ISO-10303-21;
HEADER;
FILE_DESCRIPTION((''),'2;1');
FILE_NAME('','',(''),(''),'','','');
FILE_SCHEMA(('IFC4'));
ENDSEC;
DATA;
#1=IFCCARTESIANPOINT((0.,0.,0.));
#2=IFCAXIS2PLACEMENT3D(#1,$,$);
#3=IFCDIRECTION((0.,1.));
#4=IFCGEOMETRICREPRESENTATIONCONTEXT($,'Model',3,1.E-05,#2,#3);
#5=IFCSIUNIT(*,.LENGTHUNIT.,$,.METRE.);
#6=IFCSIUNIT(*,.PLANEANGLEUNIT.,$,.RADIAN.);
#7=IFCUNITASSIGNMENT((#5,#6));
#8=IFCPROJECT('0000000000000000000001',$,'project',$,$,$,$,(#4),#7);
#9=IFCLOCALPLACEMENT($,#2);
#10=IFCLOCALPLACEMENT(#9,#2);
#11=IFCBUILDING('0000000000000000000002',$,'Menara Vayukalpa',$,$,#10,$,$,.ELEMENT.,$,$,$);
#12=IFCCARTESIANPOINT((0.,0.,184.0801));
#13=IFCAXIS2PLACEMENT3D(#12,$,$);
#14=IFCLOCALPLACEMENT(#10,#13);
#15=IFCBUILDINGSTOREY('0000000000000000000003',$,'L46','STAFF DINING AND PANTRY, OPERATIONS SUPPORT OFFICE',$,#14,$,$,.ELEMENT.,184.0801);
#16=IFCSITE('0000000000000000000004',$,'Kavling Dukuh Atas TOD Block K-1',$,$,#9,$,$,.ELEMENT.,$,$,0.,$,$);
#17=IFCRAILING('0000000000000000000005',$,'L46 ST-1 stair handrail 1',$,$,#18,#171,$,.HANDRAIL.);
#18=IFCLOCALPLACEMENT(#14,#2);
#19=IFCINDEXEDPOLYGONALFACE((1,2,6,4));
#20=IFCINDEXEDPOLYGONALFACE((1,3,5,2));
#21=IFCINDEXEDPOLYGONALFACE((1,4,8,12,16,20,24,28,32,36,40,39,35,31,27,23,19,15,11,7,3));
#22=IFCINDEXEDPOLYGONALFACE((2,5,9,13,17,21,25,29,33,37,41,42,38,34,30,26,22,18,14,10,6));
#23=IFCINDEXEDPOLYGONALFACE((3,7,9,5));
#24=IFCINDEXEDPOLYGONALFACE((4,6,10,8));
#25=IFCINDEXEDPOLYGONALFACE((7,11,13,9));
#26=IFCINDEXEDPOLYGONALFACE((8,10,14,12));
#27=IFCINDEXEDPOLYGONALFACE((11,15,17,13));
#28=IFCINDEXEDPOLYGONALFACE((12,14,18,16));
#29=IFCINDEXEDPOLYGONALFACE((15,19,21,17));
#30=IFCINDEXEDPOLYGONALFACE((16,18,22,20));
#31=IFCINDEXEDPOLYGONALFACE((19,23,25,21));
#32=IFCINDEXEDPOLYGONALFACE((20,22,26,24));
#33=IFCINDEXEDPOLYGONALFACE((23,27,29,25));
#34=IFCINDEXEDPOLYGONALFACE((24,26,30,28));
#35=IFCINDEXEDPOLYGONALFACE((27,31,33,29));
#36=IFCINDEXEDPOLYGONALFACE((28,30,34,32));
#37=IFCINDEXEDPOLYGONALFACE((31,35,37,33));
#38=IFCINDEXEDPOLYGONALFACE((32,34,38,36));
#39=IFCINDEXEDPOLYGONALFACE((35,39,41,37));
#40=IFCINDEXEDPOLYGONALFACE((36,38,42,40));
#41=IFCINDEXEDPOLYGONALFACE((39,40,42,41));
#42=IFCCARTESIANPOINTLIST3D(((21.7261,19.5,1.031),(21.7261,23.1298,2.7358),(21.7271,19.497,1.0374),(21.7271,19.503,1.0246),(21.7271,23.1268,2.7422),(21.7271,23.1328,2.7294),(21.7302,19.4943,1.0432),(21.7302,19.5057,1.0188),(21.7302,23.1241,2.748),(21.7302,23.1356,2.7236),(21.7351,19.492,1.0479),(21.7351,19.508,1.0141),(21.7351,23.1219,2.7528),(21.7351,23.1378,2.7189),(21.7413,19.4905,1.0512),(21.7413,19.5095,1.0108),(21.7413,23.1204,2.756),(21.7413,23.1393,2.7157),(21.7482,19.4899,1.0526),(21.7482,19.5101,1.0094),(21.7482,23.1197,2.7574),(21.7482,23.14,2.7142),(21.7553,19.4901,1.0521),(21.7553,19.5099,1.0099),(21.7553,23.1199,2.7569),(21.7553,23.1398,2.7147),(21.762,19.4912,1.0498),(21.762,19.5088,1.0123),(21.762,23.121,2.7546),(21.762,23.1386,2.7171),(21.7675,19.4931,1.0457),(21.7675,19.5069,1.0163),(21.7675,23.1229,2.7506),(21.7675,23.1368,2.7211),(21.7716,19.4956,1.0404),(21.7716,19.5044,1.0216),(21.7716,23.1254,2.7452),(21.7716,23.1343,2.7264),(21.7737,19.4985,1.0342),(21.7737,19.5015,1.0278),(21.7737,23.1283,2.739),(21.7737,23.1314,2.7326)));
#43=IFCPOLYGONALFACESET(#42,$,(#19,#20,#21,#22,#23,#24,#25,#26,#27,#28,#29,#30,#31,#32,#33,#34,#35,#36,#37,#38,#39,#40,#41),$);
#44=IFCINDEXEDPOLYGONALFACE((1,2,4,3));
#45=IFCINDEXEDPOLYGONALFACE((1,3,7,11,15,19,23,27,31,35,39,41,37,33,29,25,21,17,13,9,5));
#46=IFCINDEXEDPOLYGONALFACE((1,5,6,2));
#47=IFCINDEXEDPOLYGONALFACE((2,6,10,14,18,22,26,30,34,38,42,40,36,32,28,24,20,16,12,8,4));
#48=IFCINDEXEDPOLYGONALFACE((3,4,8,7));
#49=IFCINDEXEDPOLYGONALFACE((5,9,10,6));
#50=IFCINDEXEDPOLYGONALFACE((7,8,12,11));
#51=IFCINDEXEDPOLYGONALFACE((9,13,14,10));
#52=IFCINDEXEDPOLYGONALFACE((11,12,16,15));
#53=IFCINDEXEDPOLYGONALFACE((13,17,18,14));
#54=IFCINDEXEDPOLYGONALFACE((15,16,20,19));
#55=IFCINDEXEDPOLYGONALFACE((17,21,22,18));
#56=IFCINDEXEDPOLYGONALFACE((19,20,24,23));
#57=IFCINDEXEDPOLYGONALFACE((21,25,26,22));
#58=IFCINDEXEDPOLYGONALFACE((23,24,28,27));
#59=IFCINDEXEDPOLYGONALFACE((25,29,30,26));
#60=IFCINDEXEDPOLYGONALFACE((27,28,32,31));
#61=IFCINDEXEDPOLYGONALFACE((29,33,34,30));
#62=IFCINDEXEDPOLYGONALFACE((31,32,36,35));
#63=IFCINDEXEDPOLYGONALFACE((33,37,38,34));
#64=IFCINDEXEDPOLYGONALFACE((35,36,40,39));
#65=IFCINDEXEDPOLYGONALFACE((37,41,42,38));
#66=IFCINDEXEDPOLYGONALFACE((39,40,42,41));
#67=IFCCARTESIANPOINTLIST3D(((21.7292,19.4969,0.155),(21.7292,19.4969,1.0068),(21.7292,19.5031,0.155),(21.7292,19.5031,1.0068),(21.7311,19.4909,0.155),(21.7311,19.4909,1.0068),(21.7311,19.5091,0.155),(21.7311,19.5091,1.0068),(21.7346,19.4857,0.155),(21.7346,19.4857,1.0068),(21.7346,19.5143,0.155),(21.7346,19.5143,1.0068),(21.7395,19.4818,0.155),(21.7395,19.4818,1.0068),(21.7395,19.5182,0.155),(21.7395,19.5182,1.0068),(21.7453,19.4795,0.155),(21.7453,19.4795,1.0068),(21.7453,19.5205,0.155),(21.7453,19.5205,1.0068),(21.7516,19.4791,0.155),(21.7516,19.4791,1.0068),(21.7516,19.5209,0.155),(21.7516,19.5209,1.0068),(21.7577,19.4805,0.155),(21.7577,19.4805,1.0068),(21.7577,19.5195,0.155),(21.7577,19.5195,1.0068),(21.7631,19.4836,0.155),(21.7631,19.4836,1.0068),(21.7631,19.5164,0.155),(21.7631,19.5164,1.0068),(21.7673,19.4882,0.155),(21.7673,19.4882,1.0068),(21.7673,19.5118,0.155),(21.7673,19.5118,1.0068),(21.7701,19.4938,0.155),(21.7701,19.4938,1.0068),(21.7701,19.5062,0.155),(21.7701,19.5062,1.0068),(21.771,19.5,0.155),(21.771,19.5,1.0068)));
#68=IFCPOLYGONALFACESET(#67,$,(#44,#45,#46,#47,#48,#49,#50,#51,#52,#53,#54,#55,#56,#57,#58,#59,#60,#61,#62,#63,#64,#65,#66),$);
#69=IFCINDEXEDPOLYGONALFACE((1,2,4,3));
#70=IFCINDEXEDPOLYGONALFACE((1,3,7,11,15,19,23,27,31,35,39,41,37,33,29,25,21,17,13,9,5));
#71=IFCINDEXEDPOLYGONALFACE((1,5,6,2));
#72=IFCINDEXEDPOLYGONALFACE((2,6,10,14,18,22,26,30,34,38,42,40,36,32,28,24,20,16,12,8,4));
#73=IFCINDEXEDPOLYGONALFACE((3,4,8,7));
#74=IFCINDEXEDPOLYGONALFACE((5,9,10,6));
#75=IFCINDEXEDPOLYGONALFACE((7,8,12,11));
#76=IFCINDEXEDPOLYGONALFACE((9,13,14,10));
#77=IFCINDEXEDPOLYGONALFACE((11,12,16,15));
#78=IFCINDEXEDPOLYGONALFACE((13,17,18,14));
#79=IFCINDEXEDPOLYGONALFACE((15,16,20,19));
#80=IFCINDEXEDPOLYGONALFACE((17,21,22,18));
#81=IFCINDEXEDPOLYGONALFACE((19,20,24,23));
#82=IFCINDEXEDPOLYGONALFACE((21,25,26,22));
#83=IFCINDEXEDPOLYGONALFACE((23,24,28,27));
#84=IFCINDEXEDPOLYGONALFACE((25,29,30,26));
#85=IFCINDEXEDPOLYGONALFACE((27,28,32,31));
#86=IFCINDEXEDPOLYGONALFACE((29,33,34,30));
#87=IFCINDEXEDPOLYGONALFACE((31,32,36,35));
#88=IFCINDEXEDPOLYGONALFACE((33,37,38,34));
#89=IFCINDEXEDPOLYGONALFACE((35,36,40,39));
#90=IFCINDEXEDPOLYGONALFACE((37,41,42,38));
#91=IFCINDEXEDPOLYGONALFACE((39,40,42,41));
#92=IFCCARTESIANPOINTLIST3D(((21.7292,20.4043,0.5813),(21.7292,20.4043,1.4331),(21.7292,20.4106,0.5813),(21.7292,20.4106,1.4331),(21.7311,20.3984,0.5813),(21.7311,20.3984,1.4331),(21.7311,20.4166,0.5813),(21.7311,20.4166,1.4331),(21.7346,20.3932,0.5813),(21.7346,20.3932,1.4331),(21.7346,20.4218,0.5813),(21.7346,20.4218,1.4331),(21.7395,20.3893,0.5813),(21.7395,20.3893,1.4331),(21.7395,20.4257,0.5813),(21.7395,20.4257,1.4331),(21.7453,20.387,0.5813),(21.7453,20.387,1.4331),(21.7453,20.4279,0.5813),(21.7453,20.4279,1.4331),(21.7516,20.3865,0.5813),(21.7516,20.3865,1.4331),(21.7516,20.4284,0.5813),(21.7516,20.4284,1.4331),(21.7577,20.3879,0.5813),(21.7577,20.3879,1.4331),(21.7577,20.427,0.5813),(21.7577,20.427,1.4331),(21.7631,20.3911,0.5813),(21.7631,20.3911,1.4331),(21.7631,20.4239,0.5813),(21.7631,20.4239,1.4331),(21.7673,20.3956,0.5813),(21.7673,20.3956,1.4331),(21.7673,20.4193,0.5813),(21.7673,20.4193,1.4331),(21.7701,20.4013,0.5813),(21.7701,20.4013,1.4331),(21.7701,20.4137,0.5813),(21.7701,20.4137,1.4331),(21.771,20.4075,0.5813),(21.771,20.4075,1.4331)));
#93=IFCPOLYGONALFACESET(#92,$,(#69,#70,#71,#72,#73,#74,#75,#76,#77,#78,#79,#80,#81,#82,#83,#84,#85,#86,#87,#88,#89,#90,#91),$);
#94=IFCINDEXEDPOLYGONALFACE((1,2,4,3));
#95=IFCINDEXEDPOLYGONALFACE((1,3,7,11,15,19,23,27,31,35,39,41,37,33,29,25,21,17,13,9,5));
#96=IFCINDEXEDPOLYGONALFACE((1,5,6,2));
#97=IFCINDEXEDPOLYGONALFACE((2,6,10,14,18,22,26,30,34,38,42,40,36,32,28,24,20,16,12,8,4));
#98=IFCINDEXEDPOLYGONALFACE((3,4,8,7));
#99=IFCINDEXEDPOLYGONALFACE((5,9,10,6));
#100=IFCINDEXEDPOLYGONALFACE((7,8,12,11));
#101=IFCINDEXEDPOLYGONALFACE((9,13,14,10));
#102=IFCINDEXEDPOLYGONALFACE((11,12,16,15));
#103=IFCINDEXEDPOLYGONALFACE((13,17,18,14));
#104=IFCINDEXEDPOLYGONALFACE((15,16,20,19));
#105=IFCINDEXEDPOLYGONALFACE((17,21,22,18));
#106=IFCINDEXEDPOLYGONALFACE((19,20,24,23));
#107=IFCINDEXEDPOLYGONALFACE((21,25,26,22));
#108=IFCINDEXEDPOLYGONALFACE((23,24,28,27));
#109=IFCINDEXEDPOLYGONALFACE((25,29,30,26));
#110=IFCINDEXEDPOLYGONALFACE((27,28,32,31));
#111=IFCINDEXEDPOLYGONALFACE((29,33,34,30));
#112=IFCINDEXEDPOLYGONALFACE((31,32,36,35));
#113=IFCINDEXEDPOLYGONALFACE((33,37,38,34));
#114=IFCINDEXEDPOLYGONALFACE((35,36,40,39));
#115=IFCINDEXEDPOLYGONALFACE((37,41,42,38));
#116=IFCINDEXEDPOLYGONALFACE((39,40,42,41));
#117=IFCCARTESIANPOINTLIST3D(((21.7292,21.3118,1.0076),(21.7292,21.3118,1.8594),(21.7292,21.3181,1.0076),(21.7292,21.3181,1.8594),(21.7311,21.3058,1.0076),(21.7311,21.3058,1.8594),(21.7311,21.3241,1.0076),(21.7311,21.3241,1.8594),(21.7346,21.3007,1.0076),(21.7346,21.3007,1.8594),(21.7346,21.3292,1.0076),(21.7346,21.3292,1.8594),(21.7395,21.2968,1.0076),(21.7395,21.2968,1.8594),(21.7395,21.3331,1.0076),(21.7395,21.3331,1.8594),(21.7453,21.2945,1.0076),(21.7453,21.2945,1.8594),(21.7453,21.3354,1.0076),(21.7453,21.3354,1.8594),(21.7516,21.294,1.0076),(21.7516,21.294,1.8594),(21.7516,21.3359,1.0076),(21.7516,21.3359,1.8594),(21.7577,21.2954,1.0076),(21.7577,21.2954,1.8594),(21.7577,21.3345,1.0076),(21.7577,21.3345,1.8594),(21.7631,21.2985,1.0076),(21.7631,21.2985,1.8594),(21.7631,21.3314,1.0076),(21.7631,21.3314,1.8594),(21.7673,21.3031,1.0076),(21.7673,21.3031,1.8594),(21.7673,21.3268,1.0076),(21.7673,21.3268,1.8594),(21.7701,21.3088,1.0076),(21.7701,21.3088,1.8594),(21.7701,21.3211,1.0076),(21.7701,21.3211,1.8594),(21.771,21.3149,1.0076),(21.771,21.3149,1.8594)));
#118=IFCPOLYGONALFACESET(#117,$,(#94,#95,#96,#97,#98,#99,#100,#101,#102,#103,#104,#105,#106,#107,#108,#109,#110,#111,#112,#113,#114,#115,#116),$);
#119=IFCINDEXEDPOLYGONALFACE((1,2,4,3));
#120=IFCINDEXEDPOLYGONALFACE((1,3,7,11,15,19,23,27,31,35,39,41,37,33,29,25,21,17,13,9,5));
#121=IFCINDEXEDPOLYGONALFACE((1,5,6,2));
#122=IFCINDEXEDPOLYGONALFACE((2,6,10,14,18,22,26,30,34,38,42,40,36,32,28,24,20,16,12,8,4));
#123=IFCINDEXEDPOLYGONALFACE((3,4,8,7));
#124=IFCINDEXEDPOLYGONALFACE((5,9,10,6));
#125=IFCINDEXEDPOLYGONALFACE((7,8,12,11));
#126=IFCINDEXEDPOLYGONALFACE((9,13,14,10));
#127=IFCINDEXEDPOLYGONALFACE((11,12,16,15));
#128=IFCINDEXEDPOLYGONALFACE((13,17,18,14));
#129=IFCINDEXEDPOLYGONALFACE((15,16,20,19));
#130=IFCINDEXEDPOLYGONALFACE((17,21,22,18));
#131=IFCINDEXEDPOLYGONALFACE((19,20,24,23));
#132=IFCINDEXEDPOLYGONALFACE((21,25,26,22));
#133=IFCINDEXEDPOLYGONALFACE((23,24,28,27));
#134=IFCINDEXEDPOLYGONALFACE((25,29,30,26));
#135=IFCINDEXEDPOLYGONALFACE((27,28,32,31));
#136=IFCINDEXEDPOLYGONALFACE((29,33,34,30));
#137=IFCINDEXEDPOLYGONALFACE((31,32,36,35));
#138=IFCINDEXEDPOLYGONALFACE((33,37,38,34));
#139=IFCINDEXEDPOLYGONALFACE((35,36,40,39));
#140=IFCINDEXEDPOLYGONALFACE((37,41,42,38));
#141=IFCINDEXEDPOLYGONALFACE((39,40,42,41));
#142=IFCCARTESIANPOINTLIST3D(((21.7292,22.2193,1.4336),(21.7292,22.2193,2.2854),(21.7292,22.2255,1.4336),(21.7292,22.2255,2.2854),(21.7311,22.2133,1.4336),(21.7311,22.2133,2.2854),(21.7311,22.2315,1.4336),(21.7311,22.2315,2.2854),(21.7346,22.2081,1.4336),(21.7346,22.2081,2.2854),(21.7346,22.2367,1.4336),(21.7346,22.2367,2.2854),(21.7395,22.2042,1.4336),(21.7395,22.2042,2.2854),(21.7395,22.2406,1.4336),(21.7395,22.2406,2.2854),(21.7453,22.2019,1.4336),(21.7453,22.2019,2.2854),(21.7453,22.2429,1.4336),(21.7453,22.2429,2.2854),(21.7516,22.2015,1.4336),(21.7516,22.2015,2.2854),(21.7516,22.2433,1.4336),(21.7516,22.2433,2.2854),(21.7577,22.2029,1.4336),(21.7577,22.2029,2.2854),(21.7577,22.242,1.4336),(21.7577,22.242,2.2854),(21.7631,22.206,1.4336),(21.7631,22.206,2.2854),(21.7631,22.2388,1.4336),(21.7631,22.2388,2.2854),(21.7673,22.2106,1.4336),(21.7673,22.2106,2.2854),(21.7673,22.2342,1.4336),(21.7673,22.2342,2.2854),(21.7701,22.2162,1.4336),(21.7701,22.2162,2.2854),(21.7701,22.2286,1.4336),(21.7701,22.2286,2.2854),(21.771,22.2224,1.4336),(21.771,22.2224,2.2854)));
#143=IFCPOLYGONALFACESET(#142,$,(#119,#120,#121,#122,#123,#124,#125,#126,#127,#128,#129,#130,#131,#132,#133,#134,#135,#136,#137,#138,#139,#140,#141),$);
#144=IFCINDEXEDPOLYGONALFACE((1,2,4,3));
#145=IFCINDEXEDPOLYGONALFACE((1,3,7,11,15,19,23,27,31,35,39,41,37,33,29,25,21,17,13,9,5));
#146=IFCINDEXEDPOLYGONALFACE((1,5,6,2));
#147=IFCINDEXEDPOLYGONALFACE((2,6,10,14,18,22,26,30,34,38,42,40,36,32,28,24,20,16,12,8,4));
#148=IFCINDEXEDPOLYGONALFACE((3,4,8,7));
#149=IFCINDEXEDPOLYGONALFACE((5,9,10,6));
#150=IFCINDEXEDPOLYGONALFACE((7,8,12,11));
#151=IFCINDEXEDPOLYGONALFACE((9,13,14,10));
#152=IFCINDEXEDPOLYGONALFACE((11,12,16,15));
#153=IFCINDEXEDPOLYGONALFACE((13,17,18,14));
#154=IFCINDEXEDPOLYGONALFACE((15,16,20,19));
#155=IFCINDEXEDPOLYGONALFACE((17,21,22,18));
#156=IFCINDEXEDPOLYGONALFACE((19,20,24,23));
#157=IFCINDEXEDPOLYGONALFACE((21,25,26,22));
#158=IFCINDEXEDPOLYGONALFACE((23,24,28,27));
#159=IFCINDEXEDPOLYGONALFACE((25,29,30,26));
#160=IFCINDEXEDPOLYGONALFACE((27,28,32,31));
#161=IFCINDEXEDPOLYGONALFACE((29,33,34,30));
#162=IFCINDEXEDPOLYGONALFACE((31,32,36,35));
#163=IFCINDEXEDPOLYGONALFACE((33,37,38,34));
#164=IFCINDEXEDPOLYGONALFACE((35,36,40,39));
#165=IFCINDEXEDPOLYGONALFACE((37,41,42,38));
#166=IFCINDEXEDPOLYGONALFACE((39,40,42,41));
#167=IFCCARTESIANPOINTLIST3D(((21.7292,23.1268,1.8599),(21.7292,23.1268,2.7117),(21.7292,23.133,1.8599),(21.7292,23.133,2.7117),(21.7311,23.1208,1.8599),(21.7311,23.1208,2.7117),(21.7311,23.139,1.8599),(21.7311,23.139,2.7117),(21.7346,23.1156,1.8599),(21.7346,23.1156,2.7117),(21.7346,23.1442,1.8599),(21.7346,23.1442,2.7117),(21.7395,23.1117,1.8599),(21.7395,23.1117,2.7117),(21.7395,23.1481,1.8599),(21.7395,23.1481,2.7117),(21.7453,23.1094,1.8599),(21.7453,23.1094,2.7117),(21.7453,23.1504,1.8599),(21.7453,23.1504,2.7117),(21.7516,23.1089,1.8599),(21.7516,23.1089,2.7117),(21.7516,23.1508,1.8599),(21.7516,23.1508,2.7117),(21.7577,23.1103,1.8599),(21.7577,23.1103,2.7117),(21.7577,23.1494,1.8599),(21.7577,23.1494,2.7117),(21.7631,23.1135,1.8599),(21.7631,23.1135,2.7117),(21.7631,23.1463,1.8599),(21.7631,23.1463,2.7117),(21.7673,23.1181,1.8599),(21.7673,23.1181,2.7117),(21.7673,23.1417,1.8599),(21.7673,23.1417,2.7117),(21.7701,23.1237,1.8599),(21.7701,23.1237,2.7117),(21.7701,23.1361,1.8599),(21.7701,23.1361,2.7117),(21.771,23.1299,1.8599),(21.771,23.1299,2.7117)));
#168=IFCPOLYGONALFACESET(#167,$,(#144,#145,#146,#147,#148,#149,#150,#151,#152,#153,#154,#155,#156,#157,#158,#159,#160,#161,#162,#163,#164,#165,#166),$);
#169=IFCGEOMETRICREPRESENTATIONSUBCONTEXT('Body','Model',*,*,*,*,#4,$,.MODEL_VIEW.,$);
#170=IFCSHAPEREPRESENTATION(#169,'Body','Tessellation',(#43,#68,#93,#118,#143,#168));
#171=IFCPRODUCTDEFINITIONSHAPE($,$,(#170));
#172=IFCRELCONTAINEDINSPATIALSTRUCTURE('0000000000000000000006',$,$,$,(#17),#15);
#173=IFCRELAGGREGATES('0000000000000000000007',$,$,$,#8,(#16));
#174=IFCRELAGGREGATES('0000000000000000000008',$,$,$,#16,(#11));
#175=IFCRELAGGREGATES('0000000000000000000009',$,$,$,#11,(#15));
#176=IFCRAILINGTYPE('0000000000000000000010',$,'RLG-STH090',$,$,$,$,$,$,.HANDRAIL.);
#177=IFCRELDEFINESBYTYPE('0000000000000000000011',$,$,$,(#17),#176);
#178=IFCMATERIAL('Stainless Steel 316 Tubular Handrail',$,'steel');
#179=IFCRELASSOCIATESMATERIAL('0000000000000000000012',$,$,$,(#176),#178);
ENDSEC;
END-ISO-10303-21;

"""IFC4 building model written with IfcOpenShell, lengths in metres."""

from ifc_helpers import new_model, si_unit, direction, frame, origin, origin_2d, place, context, subcontext, project, spatial, circle, extrude, material, type_object, element, save


model = new_model("IFC4")

# Units and contexts
model_context = context("Model", 3, precision=1e-05, world=origin(), true_north=direction((0.0, 1.0)))
body_context = subcontext(model_context, "Body", "Model", "MODEL_VIEW")
ifc_project = project(units=[si_unit("LENGTHUNIT", "METRE"), si_unit("PLANEANGLEUNIT", "RADIAN")], contexts=[model_context])

# Site, building, storey
site_placement = place(None, origin())
site = spatial("IfcSite", under=ifc_project, at=site_placement, Name="Kavling Dukuh Atas TOD Block K-1", CompositionType="ELEMENT", RefElevation=0.0)
building_placement = place(site_placement, origin())
building = spatial("IfcBuilding", under=site, at=building_placement, Name="Menara Vayukalpa", CompositionType="ELEMENT")
storey_placement = place(building_placement, frame((0.0, 0.0, 184.0801)))
storey = spatial("IfcBuildingStorey", under=building, at=storey_placement, Name="L46", Description="STAFF DINING AND PANTRY, OPERATIONS SUPPORT OFFICE", CompositionType="ELEMENT", Elevation=184.0801)

# Railing
ifc_material_1 = material(Name="Stainless Steel 316 Tubular Handrail", Category="steel")
railing_type_1 = type_object("IfcRailingType", Name="RLG-STH090", PredefinedType="HANDRAIL", material=ifc_material_1)
railing_1_placement = place(storey_placement, frame((21.75, 19.5, 0.155)))
element("IfcRailing", 1, at=railing_1_placement, inside=storey, type_object=railing_type_1, Name="L46 ST-1 stair handrail 1", PredefinedType="HANDRAIL", context=body_context, shape_type="SweptSolid", body=[
    extrude(circle(Radius=0.0239, at=origin_2d()), frame((0.0, 0.0, 0.876), z_axis=(0.0, 0.90514, 0.425114), x_axis=(-1.0, 0.0, 0.0)), (0.0, 0.0, 1.0), 4.0103),
    extrude(circle(Radius=0.021, at=origin_2d()), origin(), (0.0, 0.0, 1.0), 0.8518),
    extrude(circle(Radius=0.021, at=origin_2d()), frame((0.0, 0.9075, 0.4263)), (0.0, 0.0, 1.0), 0.8518),
    extrude(circle(Radius=0.021, at=origin_2d()), frame((0.0, 1.8149, 0.8525)), (0.0, 0.0, 1.0), 0.8518),
    extrude(circle(Radius=0.021, at=origin_2d()), frame((0.0, 2.7224, 1.2786)), (0.0, 0.0, 1.0), 0.8518),
    extrude(circle(Radius=0.021, at=origin_2d()), frame((0.0, 3.6299, 1.7048)), (0.0, 0.0, 1.0), 0.8518),
])

save(model, "model.ifc")
